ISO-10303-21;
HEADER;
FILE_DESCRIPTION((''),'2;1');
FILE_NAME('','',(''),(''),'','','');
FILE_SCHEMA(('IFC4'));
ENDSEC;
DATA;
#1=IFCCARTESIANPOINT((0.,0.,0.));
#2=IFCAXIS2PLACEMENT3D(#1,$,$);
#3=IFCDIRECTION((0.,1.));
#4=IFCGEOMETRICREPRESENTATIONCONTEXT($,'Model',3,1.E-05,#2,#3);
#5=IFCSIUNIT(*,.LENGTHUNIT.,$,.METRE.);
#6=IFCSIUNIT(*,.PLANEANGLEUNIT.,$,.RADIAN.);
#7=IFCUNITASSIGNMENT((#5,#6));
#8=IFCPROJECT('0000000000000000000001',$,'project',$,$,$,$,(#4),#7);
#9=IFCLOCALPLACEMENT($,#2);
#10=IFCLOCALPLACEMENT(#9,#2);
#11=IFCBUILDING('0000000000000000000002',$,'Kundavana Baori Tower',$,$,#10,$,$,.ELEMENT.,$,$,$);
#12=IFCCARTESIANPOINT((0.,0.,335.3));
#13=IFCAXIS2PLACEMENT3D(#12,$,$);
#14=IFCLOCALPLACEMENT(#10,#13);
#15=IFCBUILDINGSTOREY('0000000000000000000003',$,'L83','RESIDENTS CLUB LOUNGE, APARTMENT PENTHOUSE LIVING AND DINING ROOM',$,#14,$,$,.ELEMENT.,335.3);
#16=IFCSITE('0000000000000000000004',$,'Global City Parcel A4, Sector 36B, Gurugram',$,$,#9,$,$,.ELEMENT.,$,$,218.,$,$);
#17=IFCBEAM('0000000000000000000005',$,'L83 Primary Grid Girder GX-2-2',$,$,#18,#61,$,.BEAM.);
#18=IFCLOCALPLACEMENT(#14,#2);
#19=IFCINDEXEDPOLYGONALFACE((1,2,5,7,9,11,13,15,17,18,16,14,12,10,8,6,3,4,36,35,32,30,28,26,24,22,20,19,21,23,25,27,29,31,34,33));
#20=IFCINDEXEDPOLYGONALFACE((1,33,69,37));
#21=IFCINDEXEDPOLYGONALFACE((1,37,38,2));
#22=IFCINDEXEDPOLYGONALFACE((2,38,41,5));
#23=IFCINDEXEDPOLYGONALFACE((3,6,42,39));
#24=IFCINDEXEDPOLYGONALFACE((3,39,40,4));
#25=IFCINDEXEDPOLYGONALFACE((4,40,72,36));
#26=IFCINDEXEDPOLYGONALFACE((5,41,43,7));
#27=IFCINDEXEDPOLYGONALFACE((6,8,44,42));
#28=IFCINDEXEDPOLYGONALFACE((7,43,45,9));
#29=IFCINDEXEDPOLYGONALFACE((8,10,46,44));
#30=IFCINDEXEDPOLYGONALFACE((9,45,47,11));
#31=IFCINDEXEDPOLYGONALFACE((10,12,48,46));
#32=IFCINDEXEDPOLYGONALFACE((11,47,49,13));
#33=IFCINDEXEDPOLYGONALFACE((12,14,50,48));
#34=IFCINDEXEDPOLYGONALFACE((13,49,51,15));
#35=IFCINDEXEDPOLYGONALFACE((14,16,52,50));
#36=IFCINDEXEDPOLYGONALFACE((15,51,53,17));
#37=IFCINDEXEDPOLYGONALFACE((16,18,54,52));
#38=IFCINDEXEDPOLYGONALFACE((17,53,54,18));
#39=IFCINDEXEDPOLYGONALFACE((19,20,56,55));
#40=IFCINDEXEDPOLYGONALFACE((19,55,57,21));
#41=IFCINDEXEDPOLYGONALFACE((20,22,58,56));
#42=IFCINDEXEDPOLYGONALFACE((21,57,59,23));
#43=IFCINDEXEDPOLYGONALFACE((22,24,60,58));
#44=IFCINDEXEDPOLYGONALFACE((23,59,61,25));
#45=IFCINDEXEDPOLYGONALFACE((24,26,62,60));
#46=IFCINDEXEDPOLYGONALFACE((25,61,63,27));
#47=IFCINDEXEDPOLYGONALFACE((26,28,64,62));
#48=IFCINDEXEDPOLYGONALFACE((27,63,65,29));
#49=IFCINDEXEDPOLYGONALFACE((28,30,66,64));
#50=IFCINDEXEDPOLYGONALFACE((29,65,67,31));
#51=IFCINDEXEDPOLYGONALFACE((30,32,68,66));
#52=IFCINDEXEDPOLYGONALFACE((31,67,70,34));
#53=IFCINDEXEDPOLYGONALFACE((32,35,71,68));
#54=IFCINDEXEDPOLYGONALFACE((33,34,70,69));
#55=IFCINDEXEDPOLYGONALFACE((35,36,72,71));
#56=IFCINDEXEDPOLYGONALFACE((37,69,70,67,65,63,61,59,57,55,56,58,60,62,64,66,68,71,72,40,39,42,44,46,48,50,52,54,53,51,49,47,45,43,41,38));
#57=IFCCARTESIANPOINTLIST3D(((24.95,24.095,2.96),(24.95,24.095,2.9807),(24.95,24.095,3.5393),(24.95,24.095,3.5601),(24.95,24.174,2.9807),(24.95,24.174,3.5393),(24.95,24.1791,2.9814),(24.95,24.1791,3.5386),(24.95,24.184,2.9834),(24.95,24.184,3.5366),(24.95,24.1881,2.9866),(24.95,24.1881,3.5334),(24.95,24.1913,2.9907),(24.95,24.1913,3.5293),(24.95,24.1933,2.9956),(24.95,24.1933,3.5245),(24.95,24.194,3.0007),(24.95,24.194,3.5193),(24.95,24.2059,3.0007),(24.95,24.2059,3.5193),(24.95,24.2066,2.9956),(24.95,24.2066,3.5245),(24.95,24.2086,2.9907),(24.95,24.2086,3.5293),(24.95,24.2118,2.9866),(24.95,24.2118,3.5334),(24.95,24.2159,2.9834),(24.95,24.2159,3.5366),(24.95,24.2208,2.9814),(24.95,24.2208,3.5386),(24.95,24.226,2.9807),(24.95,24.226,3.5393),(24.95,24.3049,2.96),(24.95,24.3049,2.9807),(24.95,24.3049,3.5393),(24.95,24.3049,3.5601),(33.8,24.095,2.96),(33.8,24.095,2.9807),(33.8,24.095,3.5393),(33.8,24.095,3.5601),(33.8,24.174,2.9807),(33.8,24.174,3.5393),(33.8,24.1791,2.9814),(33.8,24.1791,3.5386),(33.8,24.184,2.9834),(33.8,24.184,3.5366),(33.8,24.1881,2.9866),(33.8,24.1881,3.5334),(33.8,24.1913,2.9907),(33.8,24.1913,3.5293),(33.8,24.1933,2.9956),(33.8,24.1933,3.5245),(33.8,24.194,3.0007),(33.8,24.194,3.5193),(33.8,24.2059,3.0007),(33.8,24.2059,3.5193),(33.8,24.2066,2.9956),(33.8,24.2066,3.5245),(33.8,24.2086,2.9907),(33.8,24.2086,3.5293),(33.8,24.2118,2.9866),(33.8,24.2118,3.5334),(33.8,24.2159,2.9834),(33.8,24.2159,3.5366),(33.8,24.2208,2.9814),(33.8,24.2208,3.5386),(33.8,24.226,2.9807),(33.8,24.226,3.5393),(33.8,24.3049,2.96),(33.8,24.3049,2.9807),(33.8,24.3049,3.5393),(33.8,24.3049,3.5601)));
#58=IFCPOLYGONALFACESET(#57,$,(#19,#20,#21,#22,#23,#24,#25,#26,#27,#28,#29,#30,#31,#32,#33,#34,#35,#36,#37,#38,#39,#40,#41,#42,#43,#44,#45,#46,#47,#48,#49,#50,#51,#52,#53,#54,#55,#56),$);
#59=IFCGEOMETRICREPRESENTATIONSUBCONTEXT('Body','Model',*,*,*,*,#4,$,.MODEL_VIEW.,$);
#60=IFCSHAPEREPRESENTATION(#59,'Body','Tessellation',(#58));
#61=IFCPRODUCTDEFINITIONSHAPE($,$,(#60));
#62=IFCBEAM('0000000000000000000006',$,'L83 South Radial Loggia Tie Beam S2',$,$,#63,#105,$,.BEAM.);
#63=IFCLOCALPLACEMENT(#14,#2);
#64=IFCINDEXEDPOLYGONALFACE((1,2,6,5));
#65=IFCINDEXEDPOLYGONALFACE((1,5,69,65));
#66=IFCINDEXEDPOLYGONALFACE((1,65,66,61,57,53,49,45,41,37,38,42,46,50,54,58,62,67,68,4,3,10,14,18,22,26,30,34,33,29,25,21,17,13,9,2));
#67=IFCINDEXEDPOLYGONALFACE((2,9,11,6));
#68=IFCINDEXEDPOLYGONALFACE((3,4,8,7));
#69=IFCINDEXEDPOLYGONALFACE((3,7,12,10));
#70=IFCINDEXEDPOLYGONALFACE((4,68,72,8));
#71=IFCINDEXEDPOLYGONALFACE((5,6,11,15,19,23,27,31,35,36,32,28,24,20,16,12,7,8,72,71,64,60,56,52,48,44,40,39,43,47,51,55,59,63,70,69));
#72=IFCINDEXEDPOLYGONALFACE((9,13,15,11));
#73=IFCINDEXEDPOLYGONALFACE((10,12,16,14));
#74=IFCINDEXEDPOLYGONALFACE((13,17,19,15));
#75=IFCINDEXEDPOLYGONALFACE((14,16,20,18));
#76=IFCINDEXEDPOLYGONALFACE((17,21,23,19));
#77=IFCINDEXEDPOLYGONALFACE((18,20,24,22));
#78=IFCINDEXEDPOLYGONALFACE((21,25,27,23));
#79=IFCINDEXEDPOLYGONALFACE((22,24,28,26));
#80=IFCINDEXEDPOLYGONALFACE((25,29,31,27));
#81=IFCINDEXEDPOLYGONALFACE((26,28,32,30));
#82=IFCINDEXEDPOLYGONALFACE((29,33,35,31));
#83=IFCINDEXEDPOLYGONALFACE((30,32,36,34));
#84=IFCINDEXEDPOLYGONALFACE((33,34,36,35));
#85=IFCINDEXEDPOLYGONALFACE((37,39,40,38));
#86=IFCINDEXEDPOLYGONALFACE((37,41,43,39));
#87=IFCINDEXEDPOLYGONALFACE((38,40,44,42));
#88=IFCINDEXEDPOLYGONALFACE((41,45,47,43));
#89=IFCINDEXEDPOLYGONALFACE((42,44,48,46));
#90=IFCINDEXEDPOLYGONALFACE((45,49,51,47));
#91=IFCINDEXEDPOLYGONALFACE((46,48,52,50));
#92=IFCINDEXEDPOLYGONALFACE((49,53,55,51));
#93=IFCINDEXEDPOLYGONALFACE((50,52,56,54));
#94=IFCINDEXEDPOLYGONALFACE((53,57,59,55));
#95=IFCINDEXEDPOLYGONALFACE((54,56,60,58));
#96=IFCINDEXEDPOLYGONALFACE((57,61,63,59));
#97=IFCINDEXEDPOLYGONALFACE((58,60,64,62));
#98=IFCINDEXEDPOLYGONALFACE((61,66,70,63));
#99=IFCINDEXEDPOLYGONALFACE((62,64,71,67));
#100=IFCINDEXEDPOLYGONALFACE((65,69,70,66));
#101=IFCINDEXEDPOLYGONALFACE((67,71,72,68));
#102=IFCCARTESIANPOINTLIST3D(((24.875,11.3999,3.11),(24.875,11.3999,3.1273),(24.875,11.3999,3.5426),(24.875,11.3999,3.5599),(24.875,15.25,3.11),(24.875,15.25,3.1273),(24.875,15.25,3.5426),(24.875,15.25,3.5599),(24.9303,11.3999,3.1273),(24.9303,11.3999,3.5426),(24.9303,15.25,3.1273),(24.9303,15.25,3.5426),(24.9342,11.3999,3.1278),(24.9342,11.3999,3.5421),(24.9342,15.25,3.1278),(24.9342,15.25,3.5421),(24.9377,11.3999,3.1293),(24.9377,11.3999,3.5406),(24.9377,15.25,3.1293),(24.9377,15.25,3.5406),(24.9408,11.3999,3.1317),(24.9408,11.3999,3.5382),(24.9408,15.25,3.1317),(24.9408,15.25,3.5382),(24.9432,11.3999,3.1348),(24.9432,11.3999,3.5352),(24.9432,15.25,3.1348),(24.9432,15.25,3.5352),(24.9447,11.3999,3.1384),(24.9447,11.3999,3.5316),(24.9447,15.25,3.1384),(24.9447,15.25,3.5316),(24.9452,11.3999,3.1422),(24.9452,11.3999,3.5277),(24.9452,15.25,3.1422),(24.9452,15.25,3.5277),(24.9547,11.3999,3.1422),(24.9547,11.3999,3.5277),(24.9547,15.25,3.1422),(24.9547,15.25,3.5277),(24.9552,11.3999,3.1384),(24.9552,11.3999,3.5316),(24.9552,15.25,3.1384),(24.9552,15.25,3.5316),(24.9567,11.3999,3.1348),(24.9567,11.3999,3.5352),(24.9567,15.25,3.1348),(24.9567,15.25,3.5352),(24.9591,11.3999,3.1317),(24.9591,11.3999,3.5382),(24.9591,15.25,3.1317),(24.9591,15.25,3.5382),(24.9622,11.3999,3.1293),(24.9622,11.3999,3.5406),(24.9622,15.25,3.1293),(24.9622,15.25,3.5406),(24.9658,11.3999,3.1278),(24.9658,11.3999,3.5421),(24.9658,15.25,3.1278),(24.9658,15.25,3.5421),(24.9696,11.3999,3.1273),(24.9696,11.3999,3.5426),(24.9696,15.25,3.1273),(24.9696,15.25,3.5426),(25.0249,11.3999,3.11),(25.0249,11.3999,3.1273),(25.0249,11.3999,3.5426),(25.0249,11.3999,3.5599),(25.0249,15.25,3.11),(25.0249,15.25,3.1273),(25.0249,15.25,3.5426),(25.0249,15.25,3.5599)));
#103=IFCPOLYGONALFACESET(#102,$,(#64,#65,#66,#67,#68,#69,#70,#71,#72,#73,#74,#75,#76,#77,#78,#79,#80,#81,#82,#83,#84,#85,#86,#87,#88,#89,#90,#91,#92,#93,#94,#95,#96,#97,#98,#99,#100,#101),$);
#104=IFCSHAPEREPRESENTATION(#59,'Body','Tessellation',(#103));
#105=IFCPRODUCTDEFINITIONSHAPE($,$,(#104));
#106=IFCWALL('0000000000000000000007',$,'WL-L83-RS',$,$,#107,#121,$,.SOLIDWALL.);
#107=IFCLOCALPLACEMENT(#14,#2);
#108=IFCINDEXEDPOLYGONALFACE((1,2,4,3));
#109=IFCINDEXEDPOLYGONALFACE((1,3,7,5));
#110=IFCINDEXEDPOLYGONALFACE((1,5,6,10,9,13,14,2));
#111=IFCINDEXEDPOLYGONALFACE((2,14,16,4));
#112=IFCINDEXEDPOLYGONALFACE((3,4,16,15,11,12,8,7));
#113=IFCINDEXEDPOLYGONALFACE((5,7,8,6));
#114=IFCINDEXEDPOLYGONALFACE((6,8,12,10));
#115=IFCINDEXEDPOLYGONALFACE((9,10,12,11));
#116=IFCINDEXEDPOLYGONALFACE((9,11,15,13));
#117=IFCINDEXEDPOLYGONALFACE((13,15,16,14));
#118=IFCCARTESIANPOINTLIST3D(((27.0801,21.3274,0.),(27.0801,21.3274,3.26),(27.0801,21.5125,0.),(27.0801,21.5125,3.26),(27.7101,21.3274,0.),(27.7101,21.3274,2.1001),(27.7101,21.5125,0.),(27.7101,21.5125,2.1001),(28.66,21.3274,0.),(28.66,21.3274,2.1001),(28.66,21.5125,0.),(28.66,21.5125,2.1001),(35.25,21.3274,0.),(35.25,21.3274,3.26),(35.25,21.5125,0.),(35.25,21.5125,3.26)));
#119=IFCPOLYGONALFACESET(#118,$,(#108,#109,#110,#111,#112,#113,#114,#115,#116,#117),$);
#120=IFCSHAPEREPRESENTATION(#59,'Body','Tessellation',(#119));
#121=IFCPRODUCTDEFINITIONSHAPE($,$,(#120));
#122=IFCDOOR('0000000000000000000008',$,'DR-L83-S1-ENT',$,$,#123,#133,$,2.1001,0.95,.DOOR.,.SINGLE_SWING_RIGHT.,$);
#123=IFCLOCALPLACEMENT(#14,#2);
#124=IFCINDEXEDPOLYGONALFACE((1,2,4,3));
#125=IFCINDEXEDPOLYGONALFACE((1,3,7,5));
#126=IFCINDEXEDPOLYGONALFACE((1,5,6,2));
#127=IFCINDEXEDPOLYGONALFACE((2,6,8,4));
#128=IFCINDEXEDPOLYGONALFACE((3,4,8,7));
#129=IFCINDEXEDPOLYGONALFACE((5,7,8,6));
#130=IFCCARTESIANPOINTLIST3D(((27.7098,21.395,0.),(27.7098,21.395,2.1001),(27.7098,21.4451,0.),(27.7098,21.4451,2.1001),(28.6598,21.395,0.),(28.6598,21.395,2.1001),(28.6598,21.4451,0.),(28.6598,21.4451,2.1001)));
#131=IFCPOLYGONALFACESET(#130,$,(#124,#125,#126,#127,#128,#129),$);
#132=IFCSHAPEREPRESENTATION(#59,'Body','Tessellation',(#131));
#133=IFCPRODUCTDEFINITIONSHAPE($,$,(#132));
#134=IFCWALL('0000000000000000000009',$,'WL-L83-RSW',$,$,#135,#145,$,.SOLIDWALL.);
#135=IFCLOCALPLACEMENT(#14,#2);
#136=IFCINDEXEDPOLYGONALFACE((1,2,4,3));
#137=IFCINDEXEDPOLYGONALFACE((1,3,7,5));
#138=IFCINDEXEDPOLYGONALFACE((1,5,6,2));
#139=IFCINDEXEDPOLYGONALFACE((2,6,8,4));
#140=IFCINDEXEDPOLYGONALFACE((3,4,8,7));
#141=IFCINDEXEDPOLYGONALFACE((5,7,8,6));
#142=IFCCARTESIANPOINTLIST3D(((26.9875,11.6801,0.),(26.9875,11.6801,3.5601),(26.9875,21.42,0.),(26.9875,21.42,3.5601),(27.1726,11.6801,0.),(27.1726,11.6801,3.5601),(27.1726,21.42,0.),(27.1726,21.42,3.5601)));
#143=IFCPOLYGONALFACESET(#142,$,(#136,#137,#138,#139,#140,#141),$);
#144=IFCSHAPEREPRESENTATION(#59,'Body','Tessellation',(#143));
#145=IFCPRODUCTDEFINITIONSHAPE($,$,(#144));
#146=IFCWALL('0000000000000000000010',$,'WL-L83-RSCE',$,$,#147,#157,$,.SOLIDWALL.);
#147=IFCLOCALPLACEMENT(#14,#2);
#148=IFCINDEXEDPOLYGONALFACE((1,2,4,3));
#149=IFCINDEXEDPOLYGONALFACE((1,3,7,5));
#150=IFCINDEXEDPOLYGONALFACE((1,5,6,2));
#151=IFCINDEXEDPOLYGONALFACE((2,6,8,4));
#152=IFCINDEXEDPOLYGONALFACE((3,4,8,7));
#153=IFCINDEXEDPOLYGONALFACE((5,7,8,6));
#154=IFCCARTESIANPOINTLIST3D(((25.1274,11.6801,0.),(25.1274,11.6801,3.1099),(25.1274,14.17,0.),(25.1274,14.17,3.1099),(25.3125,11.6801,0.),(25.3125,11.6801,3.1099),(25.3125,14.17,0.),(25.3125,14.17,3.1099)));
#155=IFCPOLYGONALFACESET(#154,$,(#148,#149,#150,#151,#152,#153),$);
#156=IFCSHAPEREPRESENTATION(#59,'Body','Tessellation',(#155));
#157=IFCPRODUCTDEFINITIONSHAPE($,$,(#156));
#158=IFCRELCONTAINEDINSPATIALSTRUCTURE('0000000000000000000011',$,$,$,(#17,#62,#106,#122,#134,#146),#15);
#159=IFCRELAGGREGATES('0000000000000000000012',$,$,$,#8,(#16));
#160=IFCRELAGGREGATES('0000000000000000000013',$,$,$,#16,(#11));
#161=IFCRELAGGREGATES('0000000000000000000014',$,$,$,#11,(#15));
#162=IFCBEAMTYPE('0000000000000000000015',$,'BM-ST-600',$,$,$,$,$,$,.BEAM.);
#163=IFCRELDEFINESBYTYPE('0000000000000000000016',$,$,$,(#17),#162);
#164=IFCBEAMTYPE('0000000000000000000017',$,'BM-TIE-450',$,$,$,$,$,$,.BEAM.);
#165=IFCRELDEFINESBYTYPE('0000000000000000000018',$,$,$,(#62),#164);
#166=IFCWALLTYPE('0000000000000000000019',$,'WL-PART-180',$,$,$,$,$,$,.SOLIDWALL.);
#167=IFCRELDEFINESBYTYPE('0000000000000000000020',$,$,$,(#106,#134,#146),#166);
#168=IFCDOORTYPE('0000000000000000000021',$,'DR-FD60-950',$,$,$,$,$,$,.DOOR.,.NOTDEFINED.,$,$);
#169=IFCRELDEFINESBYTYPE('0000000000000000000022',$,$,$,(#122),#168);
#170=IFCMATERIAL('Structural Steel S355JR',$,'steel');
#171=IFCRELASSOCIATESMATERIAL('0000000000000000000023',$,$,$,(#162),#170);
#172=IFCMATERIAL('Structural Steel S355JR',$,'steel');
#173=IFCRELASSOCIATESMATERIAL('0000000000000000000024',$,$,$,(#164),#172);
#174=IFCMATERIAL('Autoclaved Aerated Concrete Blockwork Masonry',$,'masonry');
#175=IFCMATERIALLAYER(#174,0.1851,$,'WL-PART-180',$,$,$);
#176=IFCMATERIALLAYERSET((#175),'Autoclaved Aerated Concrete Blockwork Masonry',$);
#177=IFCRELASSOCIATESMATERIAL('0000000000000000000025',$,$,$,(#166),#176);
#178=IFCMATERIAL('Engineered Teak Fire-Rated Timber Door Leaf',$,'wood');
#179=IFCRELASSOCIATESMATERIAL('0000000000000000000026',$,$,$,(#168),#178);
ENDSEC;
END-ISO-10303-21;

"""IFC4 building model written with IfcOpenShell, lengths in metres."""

from ifc_helpers import new_model, si_unit, direction, frame, frame_2d, origin, origin_2d, place, context, subcontext, project, spatial, rectangle, i_section, extrude, material, layer, layer_set, material_profile, profile_set, type_object, element, fill, save


model = new_model("IFC4")

# Units and contexts
model_context = context("Model", 3, precision=1e-05, world=origin(), true_north=direction((0.0, 1.0)))
body_context = subcontext(model_context, "Body", "Model", "MODEL_VIEW")
ifc_project = project(units=[si_unit("LENGTHUNIT", "METRE"), si_unit("PLANEANGLEUNIT", "RADIAN")], contexts=[model_context])

# Site, building, storey
site_placement = place(None, origin())
site = spatial("IfcSite", under=ifc_project, at=site_placement, Name="Global City Parcel A4, Sector 36B, Gurugram", CompositionType="ELEMENT", RefElevation=218.0)
building_placement = place(site_placement, origin())
building = spatial("IfcBuilding", under=site, at=building_placement, Name="Kundavana Baori Tower", CompositionType="ELEMENT")
storey_placement = place(building_placement, frame((0.0, 0.0, 335.3)))
storey = spatial("IfcBuildingStorey", under=building, at=storey_placement, Name="L83", Description="RESIDENTS CLUB LOUNGE, APARTMENT PENTHOUSE LIVING AND DINING ROOM", CompositionType="ELEMENT", Elevation=335.3)

# Beams
ifc_material_1 = material(Name="Structural Steel S355JR", Category="steel")
ifc_material_profile_1 = material_profile(ifc_material_1, i_section(OverallWidth=0.21, OverallDepth=0.6001, WebThickness=0.012, FlangeThickness=0.0208, FilletRadius=0.02, at=origin_2d()), Name="ISMB 600")
ifc_profile_set_1 = profile_set([ifc_material_profile_1], Name="Structural Steel S355JR")
beam_type_1 = type_object("IfcBeamType", Name="BM-ST-600", PredefinedType="BEAM", material=ifc_profile_set_1)
for number, where, z_axis, x_axis, name in (
    (1, (24.95, 24.2, 3.26), (1.0, 0.0, 0.0), (0.0, 1.0, 0.0), "L83 Primary Grid Girder GX-2-2"),
):
    element("IfcBeam", number, at=place(storey_placement, frame(where, z_axis=z_axis, x_axis=x_axis)), inside=storey, type_object=beam_type_1, Name=name, PredefinedType="BEAM", context=body_context, shape_type="SweptSolid", body=[
        extrude(i_section(OverallWidth=0.21, OverallDepth=0.6001, WebThickness=0.012, FlangeThickness=0.0208, FilletRadius=0.02, at=origin_2d()), origin(), (0.0, 0.0, 1.0), 8.8501),
    ])
ifc_material_2 = material(Name="Structural Steel S355JR", Category="steel")
ifc_material_profile_2 = material_profile(ifc_material_2, i_section(OverallWidth=0.1499, OverallDepth=0.45, WebThickness=0.0095, FlangeThickness=0.0173, FilletRadius=0.0149, at=origin_2d()), Name="ISMB 450")
ifc_profile_set_2 = profile_set([ifc_material_profile_2], Name="Structural Steel S355JR")
beam_type_2 = type_object("IfcBeamType", Name="BM-TIE-450", PredefinedType="BEAM", material=ifc_profile_set_2)
beam_1_placement = place(storey_placement, frame((24.95, 15.25, 3.335), z_axis=(0.0, -1.0, 0.0), x_axis=(1.0, 0.0, 0.0)))
element("IfcBeam", 2, at=beam_1_placement, inside=storey, type_object=beam_type_2, Name="L83 South Radial Loggia Tie Beam S2", PredefinedType="BEAM", context=body_context, shape_type="SweptSolid", body=[
    extrude(i_section(OverallWidth=0.1499, OverallDepth=0.45, WebThickness=0.0095, FlangeThickness=0.0173, FilletRadius=0.0149, at=origin_2d()), origin(), (0.0, 0.0, 1.0), 3.8501),
])

# Wall, opening, door
ifc_material_3 = material(Name="Autoclaved Aerated Concrete Blockwork Masonry", Category="masonry")
ifc_layer_1 = layer(ifc_material_3, 0.1851, Name="WL-PART-180")
ifc_layer_set_1 = layer_set([ifc_layer_1], Name="Autoclaved Aerated Concrete Blockwork Masonry")
wall_type_1 = type_object("IfcWallType", Name="WL-PART-180", PredefinedType="SOLIDWALL", material=ifc_layer_set_1)
wall_1_placement = place(storey_placement, frame((27.0801, 21.4199, 0.0), z_axis=(0.0, 0.0, 1.0), x_axis=(1.0, 0.0, 0.0)))
wall_1 = element("IfcWall", 3, at=wall_1_placement, inside=storey, type_object=wall_type_1, Name="WL-L83-RS", PredefinedType="SOLIDWALL", context=body_context, shape_type="SweptSolid", body=[
    extrude(rectangle(XDim=8.1699, YDim=0.1851, at=frame_2d((4.085, 0.0))), origin(), (0.0, 0.0, 1.0), 3.26),
])
opening_1_placement = place(wall_1_placement, frame((0.6299, 0.0, 0.0)))
opening_1 = element("IfcOpeningElement", 4, at=opening_1_placement, cuts=wall_1, PredefinedType="OPENING", context=body_context, shape_type="SweptSolid", body=[
    extrude(rectangle(XDim=0.95, YDim=2.1001, at=frame_2d((0.4751, 1.05))), frame((0.0, 0.1025, 0.0), z_axis=(0.0, -1.0, 0.0), x_axis=(1.0, 0.0, 0.0)), (0.0, 0.0, 1.0), 0.2051),
])
ifc_material_4 = material(Name="Engineered Teak Fire-Rated Timber Door Leaf", Category="wood")
door_type_1 = type_object("IfcDoorType", Name="DR-FD60-950", OperationType="NOTDEFINED", PredefinedType="DOOR", material=ifc_material_4)
door_1_placement = place(opening_1_placement, frame((0.95, 0.0, 0.0), z_axis=(0.0, 0.0, 1.0), x_axis=(-1.0, 0.0, 0.0)))
door_1 = element("IfcDoor", 5, at=door_1_placement, inside=storey, type_object=door_type_1, Name="DR-L83-S1-ENT", OperationType="SINGLE_SWING_RIGHT", OverallHeight=2.1001, OverallWidth=0.95, PredefinedType="DOOR", context=body_context, shape_type="SweptSolid", body=[
    extrude(rectangle(XDim=0.95, YDim=2.1001, at=frame_2d((0.4751, 1.05))), frame((0.0, 0.0249, 0.0), z_axis=(0.0, -1.0, 0.0), x_axis=(1.0, 0.0, 0.0)), (0.0, 0.0, 1.0), 0.05),
])
fill(opening_1, door_1)

# Walls
wall_2_placement = place(storey_placement, frame((27.0801, 11.6799, 0.0), z_axis=(0.0, 0.0, 1.0), x_axis=(0.0, 1.0, 0.0)))
element("IfcWall", 6, at=wall_2_placement, inside=storey, type_object=wall_type_1, Name="WL-L83-RSW", PredefinedType="SOLIDWALL", context=body_context, shape_type="SweptSolid", body=[
    extrude(rectangle(XDim=9.74, YDim=0.1851, at=frame_2d((4.8701, 0.0))), origin(), (0.0, 0.0, 1.0), 3.5601),
])
wall_3_placement = place(storey_placement, frame((25.22, 11.6799, 0.0), z_axis=(0.0, 0.0, 1.0), x_axis=(0.0, 1.0, 0.0)))
element("IfcWall", 7, at=wall_3_placement, inside=storey, type_object=wall_type_1, Name="WL-L83-RSCE", PredefinedType="SOLIDWALL", context=body_context, shape_type="SweptSolid", body=[
    extrude(rectangle(XDim=2.49, YDim=0.1851, at=frame_2d((1.2451, 0.0))), origin(), (0.0, 0.0, 1.0), 3.1099),
])

save(model, "model.ifc")
